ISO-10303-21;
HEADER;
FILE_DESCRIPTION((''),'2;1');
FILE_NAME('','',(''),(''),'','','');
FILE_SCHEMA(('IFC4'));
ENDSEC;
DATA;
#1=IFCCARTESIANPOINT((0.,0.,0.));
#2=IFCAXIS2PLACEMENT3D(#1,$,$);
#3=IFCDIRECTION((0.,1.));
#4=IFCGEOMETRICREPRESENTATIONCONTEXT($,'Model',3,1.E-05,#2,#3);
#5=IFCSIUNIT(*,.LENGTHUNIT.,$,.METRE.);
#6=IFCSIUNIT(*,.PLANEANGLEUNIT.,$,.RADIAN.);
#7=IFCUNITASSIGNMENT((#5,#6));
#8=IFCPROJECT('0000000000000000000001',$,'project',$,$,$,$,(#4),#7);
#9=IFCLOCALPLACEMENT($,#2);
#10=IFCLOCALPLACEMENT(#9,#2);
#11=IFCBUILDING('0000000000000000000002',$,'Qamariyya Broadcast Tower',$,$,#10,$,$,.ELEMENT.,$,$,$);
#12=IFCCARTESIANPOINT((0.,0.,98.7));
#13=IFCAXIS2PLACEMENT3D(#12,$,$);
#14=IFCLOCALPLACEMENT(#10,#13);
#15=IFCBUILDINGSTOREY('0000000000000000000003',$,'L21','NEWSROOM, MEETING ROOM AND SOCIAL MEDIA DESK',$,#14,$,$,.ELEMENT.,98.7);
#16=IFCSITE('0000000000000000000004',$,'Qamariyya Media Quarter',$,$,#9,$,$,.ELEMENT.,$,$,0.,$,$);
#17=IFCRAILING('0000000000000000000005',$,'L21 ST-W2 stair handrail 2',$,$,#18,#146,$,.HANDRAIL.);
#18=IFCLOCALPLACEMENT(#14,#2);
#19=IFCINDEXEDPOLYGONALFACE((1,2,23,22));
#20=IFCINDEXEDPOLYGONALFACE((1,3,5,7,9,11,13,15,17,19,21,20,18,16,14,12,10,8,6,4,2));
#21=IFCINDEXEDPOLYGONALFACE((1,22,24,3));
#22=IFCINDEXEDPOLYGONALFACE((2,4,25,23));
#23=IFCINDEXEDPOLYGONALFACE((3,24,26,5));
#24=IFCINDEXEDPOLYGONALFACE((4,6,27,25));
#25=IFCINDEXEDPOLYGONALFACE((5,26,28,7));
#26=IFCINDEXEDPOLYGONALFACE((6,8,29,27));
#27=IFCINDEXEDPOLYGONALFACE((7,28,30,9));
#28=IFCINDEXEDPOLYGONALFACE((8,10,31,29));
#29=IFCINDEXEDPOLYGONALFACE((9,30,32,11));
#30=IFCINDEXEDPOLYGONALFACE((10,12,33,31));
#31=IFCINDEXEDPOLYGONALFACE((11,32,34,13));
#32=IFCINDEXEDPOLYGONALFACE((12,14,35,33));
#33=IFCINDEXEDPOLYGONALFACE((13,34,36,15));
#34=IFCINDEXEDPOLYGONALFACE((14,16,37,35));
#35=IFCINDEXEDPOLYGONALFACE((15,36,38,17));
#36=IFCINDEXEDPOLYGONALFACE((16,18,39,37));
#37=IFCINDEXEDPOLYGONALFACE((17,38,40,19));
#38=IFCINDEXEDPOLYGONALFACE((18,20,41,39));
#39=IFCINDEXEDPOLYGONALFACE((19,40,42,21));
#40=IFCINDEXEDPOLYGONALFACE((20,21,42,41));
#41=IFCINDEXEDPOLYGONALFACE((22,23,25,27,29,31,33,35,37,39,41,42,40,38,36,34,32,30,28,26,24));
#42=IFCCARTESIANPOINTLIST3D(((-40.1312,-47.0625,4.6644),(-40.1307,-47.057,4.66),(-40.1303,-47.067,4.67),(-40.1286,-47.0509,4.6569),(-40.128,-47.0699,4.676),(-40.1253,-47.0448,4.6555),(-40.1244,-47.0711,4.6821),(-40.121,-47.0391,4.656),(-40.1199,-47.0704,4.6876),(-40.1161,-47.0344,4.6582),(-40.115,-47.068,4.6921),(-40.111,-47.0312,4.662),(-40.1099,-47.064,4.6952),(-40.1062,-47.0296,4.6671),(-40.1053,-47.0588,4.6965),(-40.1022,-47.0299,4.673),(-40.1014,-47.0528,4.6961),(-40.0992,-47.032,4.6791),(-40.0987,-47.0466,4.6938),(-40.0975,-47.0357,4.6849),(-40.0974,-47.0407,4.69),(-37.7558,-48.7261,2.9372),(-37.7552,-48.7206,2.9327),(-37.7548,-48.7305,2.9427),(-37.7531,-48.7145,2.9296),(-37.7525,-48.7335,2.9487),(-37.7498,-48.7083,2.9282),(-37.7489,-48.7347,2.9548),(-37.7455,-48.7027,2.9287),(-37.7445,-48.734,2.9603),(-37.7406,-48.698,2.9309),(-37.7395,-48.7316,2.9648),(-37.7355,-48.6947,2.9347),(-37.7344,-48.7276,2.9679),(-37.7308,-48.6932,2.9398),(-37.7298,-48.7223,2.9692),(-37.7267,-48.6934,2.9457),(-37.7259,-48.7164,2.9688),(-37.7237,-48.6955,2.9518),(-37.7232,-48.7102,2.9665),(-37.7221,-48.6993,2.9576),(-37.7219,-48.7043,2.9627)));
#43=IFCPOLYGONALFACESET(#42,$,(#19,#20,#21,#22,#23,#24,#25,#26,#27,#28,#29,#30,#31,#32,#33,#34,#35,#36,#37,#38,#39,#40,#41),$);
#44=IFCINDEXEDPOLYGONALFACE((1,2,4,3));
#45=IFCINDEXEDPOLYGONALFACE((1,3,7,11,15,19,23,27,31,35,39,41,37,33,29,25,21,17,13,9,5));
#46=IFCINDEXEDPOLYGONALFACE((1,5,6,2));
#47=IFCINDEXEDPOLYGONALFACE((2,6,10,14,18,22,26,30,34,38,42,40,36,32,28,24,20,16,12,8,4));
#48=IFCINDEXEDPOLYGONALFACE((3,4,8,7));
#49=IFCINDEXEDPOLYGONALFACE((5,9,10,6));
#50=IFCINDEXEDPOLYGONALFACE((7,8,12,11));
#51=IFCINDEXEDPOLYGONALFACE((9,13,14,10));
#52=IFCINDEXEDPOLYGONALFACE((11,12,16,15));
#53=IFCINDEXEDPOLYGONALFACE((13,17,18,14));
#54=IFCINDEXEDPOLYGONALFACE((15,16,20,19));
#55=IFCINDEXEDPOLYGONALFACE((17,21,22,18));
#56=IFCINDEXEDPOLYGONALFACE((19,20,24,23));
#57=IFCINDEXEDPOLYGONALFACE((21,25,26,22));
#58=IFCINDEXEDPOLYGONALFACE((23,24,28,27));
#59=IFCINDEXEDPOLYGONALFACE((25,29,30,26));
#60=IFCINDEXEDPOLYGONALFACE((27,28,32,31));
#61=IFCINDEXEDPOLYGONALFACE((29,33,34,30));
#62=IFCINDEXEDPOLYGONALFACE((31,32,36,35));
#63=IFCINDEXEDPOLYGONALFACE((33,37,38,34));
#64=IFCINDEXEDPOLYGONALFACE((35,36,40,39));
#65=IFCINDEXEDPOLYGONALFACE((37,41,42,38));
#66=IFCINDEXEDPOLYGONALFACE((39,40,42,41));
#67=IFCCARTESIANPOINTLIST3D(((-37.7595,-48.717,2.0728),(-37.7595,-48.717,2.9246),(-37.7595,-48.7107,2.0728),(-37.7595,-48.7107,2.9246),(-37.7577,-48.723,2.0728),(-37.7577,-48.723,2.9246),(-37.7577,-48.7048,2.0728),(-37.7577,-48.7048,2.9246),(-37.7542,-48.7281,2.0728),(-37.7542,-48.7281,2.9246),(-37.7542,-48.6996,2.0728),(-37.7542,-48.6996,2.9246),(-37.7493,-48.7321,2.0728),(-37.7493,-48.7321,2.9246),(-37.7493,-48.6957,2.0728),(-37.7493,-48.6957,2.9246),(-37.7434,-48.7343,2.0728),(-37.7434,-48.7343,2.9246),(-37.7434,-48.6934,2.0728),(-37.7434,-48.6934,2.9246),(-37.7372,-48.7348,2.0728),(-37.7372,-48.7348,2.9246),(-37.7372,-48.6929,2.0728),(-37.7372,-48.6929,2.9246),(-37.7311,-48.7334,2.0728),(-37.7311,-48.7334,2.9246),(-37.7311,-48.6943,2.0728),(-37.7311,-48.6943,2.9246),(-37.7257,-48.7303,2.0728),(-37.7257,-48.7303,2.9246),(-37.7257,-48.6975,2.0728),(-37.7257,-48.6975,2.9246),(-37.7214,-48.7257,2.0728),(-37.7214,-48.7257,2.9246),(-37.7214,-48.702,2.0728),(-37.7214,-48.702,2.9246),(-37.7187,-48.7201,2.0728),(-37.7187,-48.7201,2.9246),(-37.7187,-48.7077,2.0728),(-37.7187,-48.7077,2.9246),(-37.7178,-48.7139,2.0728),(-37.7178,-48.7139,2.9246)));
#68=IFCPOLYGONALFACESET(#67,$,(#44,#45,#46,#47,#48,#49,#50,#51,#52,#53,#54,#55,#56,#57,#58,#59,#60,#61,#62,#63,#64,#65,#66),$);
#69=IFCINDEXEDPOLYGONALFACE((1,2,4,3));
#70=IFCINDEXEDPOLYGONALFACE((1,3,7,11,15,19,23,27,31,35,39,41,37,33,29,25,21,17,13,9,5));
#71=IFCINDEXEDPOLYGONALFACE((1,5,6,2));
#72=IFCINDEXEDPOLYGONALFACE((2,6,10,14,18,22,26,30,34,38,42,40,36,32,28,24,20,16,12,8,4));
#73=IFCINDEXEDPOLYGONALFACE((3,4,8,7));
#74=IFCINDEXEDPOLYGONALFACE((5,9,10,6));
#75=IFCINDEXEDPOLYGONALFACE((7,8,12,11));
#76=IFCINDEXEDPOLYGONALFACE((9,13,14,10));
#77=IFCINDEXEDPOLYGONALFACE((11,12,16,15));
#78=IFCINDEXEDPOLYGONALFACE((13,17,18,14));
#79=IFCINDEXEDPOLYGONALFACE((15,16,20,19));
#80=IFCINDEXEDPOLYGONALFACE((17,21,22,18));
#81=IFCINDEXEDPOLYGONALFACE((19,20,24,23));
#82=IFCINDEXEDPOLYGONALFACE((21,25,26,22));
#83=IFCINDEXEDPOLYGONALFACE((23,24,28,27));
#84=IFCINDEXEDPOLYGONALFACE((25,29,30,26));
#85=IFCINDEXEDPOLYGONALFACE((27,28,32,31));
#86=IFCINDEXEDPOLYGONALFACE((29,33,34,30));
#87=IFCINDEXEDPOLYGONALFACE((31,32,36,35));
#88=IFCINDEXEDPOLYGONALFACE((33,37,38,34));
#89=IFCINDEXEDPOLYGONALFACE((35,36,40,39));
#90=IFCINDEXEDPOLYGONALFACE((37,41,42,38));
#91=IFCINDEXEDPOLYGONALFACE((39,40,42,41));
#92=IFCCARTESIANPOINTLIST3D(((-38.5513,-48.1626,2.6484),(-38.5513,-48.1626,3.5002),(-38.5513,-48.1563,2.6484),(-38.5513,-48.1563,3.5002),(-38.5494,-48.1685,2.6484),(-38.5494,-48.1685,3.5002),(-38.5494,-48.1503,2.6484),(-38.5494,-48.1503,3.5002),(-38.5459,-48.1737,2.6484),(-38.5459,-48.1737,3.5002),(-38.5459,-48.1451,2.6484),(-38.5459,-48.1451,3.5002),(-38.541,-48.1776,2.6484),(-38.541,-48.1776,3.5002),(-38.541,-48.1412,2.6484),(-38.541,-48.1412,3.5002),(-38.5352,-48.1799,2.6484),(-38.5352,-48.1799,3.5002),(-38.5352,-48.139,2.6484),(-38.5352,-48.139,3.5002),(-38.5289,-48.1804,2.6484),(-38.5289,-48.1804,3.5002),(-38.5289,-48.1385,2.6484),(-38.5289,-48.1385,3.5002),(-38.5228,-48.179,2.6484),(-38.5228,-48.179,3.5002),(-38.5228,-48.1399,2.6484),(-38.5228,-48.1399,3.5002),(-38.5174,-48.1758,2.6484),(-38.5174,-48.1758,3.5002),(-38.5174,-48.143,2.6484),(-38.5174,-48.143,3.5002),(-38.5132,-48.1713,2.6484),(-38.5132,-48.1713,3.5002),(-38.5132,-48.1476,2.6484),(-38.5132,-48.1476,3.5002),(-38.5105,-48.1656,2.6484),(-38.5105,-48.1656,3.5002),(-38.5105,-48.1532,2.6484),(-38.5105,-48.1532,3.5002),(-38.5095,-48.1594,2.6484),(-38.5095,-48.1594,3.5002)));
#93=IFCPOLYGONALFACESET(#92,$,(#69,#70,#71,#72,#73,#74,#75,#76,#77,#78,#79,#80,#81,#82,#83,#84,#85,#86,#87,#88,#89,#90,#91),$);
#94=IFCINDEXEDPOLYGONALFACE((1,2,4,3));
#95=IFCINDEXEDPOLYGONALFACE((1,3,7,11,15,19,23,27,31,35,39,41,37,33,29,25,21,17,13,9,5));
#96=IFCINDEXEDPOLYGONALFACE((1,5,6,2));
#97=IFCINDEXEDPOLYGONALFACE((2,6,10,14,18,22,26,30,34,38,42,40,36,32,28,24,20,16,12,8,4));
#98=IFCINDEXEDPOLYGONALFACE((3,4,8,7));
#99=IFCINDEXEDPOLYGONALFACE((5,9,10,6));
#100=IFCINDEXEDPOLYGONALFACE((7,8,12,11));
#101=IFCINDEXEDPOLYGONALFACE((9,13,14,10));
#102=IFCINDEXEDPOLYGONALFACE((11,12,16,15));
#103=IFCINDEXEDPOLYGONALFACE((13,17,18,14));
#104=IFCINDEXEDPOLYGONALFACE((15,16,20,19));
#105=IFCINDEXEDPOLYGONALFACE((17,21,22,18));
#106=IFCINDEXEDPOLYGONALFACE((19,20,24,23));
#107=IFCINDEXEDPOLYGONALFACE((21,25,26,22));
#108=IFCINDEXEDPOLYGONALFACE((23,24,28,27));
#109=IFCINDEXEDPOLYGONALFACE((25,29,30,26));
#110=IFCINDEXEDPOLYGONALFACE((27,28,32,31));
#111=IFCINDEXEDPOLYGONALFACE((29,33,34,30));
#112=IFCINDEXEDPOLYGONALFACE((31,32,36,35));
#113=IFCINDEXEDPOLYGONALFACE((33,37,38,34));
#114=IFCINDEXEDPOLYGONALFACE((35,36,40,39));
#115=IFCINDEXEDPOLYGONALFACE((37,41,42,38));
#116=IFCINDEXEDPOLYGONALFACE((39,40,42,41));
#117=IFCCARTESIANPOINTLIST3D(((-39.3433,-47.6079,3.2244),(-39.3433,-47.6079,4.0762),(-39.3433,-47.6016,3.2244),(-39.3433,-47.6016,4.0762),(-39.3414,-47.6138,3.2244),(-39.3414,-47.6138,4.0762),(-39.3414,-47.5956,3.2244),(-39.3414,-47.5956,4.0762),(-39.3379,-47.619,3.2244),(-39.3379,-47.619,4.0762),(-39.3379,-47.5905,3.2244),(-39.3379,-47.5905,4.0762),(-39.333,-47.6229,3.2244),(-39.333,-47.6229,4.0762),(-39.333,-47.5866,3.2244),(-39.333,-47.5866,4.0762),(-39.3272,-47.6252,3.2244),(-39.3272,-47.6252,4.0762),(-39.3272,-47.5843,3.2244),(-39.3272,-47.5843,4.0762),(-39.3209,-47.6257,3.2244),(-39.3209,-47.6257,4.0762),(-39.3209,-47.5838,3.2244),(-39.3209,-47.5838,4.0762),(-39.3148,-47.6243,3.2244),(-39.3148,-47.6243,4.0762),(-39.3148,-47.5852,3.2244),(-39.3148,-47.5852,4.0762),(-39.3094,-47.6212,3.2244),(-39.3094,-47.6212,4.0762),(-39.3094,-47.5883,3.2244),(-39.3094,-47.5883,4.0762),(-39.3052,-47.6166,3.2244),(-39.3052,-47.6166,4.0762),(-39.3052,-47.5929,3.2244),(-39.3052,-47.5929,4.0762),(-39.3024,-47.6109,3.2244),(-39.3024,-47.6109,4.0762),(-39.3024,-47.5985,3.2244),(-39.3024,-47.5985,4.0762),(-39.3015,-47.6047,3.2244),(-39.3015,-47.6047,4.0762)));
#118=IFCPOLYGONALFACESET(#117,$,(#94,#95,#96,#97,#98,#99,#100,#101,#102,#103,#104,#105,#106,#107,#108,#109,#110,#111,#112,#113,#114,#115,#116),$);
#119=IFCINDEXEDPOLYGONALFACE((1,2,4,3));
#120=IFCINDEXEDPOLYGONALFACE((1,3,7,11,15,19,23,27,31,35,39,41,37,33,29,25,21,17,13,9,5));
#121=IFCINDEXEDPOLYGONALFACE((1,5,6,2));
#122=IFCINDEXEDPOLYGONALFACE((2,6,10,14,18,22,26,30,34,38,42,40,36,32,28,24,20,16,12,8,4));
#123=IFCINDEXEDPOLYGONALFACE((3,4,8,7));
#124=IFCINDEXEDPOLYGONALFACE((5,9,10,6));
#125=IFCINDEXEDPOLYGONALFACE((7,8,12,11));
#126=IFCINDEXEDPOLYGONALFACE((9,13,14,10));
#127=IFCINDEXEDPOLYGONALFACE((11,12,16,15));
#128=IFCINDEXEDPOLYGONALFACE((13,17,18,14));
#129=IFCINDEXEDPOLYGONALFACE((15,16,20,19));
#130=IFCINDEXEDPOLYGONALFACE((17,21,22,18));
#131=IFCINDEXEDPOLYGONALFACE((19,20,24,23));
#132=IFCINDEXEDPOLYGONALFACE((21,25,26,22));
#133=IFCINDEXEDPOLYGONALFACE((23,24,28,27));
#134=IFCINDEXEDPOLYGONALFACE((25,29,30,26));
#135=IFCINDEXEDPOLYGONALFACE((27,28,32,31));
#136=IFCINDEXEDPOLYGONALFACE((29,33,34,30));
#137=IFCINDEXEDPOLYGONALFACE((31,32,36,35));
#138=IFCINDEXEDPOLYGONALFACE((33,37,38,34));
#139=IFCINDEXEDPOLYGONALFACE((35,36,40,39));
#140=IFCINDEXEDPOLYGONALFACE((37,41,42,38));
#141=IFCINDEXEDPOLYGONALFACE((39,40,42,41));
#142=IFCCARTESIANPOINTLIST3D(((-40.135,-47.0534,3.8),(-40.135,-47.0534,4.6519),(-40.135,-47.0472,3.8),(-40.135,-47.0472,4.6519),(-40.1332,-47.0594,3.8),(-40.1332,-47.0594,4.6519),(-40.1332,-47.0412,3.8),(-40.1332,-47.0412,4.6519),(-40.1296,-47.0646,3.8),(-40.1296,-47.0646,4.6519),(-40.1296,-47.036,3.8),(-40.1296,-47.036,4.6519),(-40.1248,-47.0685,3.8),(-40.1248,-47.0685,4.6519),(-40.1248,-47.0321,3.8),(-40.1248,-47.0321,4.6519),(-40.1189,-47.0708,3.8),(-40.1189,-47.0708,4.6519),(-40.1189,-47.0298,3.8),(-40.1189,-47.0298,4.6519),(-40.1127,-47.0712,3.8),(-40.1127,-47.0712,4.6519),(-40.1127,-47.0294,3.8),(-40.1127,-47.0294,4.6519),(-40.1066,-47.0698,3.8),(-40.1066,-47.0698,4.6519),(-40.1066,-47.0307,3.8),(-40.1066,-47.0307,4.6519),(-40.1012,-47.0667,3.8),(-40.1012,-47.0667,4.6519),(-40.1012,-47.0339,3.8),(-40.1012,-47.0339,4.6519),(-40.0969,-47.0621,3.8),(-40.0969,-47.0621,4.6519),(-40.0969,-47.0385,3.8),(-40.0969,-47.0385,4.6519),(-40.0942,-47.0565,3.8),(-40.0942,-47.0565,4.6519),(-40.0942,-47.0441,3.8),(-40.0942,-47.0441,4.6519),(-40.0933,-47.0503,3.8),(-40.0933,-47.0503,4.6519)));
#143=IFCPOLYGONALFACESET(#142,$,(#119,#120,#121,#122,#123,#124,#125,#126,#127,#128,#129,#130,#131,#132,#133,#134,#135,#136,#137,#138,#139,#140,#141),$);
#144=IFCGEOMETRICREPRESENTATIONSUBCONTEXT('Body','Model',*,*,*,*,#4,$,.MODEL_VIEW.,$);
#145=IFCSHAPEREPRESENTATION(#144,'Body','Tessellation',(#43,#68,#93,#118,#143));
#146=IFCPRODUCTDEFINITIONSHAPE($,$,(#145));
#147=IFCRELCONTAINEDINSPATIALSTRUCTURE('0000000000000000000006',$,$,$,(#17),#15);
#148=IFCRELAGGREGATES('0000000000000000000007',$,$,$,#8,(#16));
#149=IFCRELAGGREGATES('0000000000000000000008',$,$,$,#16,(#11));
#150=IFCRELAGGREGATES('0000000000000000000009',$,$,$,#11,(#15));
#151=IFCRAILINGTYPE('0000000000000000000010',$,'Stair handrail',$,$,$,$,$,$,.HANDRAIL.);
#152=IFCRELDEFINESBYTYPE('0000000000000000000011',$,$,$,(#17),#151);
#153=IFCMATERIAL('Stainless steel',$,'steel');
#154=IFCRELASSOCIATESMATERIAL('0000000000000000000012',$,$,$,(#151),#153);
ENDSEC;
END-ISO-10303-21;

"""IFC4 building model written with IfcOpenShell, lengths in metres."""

from ifc_helpers import new_model, si_unit, direction, frame, origin, origin_2d, place, context, subcontext, project, spatial, circle, extrude, material, type_object, element, save


model = new_model("IFC4")

# Units and contexts
model_context = context("Model", 3, precision=1e-05, world=origin(), true_north=direction((0.0, 1.0)))
body_context = subcontext(model_context, "Body", "Model", "MODEL_VIEW")
ifc_project = project(units=[si_unit("LENGTHUNIT", "METRE"), si_unit("PLANEANGLEUNIT", "RADIAN")], contexts=[model_context])

# Site, building, storey
site_placement = place(None, origin())
site = spatial("IfcSite", under=ifc_project, at=site_placement, Name="Qamariyya Media Quarter", CompositionType="ELEMENT", RefElevation=0.0)
building_placement = place(site_placement, origin())
building = spatial("IfcBuilding", under=site, at=building_placement, Name="Qamariyya Broadcast Tower", CompositionType="ELEMENT")
storey_placement = place(building_placement, frame((0.0, 0.0, 98.7)))
storey = spatial("IfcBuildingStorey", under=building, at=storey_placement, Name="L21", Description="NEWSROOM, MEETING ROOM AND SOCIAL MEDIA DESK", CompositionType="ELEMENT", Elevation=98.7)

# Railing
ifc_material_1 = material(Name="Stainless steel", Category="steel")
railing_type_1 = type_object("IfcRailingType", Name="Stair handrail", PredefinedType="HANDRAIL", material=ifc_material_1)
railing_1_placement = place(storey_placement, frame((-37.7388, -48.7139, 2.0728)))
element("IfcRailing", 1, at=railing_1_placement, inside=storey, type_object=railing_type_1, Name="L21 ST-W2 stair handrail 2", PredefinedType="HANDRAIL", context=body_context, shape_type="SweptSolid", body=[
    extrude(circle(Radius=0.0239, at=origin_2d()), frame((0.0, 0.0, 0.876), z_axis=(-0.703745, 0.492838, 0.511716), x_axis=(-0.573632, -0.819113, 0.0)), (0.0, 0.0, 1.0), 3.3755),
    extrude(circle(Radius=0.021, at=origin_2d()), origin(), (0.0, 0.0, 1.0), 0.8518),
    extrude(circle(Radius=0.021, at=origin_2d()), frame((-0.7917, 0.5544, 0.5757)), (0.0, 0.0, 1.0), 0.8518),
    extrude(circle(Radius=0.021, at=origin_2d()), frame((-1.5837, 1.1091, 1.1516)), (0.0, 0.0, 1.0), 0.8518),
    extrude(circle(Radius=0.021, at=origin_2d()), frame((-2.3755, 1.6636, 1.7273)), (0.0, 0.0, 1.0), 0.8518),
])

save(model, "model.ifc")
